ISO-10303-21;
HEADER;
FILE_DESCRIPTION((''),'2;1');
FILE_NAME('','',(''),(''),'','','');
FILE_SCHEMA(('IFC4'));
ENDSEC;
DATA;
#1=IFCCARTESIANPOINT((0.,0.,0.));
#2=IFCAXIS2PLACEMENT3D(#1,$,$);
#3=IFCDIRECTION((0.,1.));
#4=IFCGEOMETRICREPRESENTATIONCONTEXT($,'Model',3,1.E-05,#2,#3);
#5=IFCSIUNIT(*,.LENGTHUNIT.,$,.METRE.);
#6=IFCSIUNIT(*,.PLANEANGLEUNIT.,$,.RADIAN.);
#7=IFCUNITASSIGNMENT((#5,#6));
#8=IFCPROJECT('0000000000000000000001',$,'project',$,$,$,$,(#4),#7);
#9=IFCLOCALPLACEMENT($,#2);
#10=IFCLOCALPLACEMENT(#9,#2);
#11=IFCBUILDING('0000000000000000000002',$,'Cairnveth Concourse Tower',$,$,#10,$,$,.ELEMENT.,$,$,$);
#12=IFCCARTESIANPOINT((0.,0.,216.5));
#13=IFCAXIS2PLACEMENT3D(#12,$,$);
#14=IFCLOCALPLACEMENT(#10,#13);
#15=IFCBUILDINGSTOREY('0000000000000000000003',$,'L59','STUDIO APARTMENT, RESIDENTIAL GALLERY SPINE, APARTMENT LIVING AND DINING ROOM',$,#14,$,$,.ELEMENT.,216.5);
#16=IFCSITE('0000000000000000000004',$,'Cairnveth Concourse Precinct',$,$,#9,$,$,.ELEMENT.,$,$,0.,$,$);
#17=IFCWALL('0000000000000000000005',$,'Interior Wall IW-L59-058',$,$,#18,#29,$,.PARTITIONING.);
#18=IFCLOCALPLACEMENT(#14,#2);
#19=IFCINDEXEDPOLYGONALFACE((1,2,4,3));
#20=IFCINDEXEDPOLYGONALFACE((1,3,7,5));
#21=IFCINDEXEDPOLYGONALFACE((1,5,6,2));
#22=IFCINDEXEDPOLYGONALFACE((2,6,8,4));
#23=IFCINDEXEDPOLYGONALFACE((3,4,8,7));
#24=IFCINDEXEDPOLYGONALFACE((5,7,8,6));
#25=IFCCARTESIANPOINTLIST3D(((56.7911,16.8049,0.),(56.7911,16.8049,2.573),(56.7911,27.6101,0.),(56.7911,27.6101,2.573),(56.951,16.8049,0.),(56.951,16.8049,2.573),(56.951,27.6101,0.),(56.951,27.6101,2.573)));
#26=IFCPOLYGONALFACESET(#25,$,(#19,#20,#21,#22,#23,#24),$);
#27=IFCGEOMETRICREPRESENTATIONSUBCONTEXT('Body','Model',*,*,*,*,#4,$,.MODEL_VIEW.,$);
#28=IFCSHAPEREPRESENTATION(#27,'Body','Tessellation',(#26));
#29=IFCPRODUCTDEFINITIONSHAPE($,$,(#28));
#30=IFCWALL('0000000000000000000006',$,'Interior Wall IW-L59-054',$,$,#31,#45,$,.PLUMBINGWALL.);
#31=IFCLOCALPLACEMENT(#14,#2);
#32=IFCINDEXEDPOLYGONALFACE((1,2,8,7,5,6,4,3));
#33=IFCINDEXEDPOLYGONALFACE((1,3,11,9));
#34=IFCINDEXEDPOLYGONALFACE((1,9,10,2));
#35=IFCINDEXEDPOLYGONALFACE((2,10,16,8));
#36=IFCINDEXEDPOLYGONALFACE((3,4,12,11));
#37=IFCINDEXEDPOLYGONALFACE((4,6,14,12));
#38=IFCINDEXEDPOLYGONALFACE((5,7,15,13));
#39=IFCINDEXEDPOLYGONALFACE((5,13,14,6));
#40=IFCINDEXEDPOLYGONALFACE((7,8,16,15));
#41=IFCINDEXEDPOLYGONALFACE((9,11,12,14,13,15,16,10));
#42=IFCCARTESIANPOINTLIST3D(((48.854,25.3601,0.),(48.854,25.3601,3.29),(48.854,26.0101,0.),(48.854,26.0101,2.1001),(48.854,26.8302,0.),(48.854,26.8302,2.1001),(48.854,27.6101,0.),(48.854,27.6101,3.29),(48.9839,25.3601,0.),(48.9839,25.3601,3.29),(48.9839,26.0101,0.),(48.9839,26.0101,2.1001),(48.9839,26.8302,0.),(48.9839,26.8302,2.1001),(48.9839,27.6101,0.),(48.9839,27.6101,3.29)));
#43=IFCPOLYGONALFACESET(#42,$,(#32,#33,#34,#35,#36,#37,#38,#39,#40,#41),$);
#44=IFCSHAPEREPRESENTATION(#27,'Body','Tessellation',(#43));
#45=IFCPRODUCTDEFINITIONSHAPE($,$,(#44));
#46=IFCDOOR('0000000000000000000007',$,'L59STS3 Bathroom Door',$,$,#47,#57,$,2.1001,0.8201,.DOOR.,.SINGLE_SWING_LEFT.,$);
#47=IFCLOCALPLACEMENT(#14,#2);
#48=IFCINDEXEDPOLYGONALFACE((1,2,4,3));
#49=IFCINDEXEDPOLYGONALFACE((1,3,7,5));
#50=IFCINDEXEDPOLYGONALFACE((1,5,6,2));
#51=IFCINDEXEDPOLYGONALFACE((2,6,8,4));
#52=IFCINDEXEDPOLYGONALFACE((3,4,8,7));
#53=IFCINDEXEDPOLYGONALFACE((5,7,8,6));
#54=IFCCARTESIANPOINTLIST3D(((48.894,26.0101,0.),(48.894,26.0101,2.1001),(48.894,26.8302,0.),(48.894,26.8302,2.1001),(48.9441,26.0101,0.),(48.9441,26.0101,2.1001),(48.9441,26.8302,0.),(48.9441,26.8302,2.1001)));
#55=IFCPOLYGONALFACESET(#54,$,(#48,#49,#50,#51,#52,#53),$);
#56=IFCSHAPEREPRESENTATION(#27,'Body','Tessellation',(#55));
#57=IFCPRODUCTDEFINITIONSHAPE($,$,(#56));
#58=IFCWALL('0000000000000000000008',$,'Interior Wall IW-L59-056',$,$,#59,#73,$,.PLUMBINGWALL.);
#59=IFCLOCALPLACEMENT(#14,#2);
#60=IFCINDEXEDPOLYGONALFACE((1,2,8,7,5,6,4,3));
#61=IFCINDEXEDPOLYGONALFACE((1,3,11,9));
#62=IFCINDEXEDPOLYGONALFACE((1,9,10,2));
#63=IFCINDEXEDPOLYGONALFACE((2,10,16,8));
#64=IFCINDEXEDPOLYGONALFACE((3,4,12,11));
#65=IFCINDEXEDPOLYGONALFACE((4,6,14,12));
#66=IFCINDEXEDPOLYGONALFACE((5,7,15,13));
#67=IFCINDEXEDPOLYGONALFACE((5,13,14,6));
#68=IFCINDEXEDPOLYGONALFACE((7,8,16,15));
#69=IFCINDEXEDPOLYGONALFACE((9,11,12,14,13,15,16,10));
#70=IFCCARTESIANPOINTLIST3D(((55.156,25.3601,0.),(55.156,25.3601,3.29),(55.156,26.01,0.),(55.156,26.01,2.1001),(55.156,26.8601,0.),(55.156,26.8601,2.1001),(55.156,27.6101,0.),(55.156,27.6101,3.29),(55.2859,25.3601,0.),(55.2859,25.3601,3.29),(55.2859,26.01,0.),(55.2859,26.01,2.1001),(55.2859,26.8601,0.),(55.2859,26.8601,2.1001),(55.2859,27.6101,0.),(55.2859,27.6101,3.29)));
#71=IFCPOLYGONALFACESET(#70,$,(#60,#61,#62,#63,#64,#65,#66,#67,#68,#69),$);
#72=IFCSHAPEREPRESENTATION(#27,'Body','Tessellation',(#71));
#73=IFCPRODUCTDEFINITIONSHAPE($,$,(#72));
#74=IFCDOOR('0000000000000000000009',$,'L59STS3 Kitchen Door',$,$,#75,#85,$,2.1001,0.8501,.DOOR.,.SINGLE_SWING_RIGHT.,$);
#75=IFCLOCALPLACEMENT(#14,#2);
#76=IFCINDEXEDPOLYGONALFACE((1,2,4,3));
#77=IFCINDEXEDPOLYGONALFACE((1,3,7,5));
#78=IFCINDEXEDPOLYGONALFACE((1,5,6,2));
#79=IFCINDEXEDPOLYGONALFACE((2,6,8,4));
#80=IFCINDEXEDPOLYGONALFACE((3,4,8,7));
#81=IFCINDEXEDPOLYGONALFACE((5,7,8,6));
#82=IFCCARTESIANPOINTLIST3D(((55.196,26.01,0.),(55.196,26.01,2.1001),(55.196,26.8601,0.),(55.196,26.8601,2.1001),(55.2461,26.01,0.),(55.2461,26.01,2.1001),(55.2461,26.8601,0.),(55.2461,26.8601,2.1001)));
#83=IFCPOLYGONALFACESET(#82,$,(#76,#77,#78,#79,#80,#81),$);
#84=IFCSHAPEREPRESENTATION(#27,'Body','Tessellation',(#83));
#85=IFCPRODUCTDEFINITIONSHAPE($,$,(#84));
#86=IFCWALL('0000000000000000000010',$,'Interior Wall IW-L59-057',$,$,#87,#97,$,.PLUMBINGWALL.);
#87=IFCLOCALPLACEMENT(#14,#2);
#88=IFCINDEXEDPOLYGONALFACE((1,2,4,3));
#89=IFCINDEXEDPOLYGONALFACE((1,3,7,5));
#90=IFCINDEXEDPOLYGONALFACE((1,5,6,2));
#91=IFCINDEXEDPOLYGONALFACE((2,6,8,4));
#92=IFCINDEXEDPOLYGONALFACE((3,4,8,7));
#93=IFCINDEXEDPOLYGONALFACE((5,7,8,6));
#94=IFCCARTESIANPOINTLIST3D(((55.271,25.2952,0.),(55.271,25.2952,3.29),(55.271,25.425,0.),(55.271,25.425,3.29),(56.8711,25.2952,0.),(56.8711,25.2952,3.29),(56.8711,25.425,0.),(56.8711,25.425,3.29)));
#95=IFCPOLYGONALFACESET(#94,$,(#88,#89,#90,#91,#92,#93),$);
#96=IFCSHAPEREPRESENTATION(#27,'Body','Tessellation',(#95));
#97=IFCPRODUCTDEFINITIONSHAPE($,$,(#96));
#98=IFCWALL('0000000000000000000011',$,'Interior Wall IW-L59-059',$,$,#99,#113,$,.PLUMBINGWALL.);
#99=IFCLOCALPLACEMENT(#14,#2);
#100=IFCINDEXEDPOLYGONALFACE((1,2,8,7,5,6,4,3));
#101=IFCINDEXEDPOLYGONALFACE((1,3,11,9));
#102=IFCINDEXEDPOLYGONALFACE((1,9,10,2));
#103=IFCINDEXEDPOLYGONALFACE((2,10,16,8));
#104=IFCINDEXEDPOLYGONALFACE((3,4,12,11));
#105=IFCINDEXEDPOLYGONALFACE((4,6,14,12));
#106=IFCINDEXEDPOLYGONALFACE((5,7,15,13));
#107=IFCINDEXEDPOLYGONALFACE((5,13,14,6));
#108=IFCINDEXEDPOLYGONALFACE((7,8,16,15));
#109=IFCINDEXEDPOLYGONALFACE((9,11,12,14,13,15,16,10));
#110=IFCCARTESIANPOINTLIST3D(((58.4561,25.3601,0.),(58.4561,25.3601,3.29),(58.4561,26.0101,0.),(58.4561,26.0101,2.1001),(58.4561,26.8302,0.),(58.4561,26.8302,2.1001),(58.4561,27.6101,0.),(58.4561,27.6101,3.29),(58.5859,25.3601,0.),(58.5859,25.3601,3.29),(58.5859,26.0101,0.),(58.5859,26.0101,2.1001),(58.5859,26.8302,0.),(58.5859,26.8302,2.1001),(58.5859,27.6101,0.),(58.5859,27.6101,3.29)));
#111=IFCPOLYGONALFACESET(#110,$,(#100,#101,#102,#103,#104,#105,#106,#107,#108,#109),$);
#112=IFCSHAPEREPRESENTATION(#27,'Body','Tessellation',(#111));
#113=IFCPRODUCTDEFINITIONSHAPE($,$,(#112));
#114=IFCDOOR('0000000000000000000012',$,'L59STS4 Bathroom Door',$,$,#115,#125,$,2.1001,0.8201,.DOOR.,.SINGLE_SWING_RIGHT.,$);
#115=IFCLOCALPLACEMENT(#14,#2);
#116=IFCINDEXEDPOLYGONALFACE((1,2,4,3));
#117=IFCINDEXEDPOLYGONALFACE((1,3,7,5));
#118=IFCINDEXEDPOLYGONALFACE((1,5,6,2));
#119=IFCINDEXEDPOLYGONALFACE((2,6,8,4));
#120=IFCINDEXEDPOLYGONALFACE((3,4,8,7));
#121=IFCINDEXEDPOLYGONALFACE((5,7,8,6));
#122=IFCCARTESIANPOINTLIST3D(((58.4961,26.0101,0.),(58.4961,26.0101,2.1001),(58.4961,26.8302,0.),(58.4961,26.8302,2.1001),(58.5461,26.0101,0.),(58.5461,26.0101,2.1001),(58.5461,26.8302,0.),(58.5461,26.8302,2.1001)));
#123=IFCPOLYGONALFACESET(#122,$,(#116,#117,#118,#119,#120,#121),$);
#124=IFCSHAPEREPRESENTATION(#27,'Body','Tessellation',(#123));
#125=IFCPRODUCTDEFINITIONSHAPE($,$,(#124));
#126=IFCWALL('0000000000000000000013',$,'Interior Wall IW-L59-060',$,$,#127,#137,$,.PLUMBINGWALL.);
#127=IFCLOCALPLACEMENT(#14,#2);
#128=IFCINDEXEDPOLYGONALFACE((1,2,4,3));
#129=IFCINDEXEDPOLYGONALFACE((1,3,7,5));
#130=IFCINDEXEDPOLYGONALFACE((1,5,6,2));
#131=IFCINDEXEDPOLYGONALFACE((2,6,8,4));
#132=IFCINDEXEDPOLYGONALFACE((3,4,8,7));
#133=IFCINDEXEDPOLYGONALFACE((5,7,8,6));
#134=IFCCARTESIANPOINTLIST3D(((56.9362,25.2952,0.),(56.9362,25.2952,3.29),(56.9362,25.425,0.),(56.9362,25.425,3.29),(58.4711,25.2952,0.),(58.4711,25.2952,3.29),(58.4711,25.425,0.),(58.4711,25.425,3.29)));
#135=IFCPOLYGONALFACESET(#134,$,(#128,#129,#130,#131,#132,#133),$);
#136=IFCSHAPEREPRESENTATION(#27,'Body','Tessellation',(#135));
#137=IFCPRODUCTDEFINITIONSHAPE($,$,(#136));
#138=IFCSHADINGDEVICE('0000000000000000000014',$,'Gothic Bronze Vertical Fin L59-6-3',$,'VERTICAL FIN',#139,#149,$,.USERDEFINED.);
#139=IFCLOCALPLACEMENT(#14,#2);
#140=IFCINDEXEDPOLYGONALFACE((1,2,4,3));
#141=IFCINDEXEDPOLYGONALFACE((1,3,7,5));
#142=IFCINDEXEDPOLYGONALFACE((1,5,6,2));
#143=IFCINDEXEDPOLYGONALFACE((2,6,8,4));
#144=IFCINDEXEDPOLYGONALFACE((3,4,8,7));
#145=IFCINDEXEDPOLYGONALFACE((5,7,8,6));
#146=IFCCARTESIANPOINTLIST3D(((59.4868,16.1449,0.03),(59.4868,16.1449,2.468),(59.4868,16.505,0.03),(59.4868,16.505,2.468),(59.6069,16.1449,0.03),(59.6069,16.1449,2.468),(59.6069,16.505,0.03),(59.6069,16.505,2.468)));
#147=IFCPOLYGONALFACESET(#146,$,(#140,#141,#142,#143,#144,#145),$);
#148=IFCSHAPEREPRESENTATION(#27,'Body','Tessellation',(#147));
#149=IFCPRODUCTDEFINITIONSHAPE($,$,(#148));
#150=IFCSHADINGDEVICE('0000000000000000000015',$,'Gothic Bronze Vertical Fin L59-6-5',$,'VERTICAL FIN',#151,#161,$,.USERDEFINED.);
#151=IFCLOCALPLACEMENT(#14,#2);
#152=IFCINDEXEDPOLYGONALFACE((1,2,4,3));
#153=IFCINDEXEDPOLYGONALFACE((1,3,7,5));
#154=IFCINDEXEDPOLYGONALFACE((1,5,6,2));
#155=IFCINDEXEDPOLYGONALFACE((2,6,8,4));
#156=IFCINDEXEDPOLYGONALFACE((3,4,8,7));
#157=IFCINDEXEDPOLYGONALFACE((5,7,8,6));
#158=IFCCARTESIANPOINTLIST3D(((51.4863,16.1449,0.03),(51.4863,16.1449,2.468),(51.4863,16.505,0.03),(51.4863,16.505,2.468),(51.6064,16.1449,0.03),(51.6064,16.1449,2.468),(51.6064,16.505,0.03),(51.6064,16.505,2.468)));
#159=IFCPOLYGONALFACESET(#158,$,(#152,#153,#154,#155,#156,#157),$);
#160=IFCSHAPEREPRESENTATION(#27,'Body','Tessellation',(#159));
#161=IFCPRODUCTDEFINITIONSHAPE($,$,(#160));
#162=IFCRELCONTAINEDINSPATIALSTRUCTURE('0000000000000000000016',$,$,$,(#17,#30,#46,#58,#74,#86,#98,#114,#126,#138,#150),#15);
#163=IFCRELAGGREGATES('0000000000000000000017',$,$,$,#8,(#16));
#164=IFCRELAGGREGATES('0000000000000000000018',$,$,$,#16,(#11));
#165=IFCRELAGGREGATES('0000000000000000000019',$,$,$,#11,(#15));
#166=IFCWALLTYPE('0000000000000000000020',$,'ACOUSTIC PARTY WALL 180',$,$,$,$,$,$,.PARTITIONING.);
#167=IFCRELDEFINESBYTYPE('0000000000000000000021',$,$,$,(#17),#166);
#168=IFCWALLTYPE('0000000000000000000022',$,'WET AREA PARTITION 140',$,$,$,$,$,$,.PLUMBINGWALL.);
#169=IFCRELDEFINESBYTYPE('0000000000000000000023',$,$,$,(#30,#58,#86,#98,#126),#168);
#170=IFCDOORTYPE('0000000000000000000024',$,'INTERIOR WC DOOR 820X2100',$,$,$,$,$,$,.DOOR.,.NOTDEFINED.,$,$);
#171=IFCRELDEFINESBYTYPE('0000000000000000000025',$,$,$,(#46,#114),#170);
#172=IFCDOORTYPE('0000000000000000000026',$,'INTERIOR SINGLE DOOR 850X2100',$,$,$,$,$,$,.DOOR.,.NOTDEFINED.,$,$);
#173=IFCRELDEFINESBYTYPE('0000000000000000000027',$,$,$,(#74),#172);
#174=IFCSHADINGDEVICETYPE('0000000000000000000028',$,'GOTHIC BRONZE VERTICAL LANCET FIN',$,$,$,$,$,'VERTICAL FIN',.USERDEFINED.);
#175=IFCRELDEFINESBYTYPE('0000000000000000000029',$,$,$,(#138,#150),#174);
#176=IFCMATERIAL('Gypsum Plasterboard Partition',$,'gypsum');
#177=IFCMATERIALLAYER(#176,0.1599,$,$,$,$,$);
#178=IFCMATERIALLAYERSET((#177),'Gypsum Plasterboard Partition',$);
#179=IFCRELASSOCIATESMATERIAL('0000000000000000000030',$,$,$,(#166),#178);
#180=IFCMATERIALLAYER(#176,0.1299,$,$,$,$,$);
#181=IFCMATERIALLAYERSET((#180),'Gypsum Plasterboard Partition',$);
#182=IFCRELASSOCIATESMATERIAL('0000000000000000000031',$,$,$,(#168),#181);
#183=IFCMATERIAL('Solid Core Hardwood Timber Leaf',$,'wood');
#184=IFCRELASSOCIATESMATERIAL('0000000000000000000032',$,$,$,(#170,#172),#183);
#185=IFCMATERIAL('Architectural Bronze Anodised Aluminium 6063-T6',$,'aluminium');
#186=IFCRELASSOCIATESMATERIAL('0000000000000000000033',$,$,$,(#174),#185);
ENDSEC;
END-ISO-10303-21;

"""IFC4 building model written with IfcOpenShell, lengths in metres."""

from ifc_helpers import new_model, si_unit, direction, frame, frame_2d, origin, origin_2d, place, context, subcontext, project, spatial, rectangle, extrude, material, layer, layer_set, type_object, element, fill, save


model = new_model("IFC4")

# Units and contexts
model_context = context("Model", 3, precision=1e-05, world=origin(), true_north=direction((0.0, 1.0)))
body_context = subcontext(model_context, "Body", "Model", "MODEL_VIEW")
ifc_project = project(units=[si_unit("LENGTHUNIT", "METRE"), si_unit("PLANEANGLEUNIT", "RADIAN")], contexts=[model_context])

# Site, building, storey
site_placement = place(None, origin())
site = spatial("IfcSite", under=ifc_project, at=site_placement, Name="Cairnveth Concourse Precinct", CompositionType="ELEMENT", RefElevation=0.0)
building_placement = place(site_placement, origin())
building = spatial("IfcBuilding", under=site, at=building_placement, Name="Cairnveth Concourse Tower", CompositionType="ELEMENT")
storey_placement = place(building_placement, frame((0.0, 0.0, 216.5)))
storey = spatial("IfcBuildingStorey", under=building, at=storey_placement, Name="L59", Description="STUDIO APARTMENT, RESIDENTIAL GALLERY SPINE, APARTMENT LIVING AND DINING ROOM", CompositionType="ELEMENT", Elevation=216.5)

# Shared definitions
ifc_material_1 = material(Name="Gypsum Plasterboard Partition", Category="gypsum")
ifc_layer_1 = layer(ifc_material_1, 0.1599)
ifc_layer_set_1 = layer_set([ifc_layer_1], Name="Gypsum Plasterboard Partition")
wall_type_1 = type_object("IfcWallType", Name="ACOUSTIC PARTY WALL 180", PredefinedType="PARTITIONING", material=ifc_layer_set_1)
ifc_material_2 = material(Name="Solid Core Hardwood Timber Leaf", Category="wood")

# Wall
wall_1_placement = place(storey_placement, frame((56.8711, 16.8049, 0.0), z_axis=(0.0, 0.0, 1.0), x_axis=(0.0, 1.0, 0.0)))
element("IfcWall", 1, at=wall_1_placement, inside=storey, type_object=wall_type_1, Name="Interior Wall IW-L59-058", PredefinedType="PARTITIONING", context=body_context, shape_type="SweptSolid", body=[
    extrude(rectangle(XDim=10.8052, YDim=0.1599, at=frame_2d((5.4026, 0.0))), origin(), (0.0, 0.0, 1.0), 2.573),
])

# Walls, openings, doors
ifc_layer_2 = layer(ifc_material_1, 0.1299)
ifc_layer_set_2 = layer_set([ifc_layer_2], Name="Gypsum Plasterboard Partition")
wall_type_2 = type_object("IfcWallType", Name="WET AREA PARTITION 140", PredefinedType="PLUMBINGWALL", material=ifc_layer_set_2)
wall_2_placement = place(storey_placement, frame((48.9189, 25.3601, 0.0), z_axis=(0.0, 0.0, 1.0), x_axis=(0.0, 1.0, 0.0)))
wall_2 = element("IfcWall", 2, at=wall_2_placement, inside=storey, type_object=wall_type_2, Name="Interior Wall IW-L59-054", PredefinedType="PLUMBINGWALL", context=body_context, shape_type="SweptSolid", body=[
    extrude(rectangle(XDim=2.25, YDim=0.1299, at=frame_2d((1.125, 0.0))), origin(), (0.0, 0.0, 1.0), 3.29),
])
opening_1_placement = place(wall_2_placement, frame((0.6499, 0.0, 0.0)))
opening_1 = element("IfcOpeningElement", 3, at=opening_1_placement, cuts=wall_2, PredefinedType="OPENING", context=body_context, shape_type="SweptSolid", body=[
    extrude(rectangle(XDim=0.8201, YDim=2.1001, at=frame_2d((0.4102, 1.05))), frame((0.0, 0.075, 0.0), z_axis=(0.0, -1.0, 0.0), x_axis=(1.0, 0.0, 0.0)), (0.0, 0.0, 1.0), 0.1499),
])
door_type_1 = type_object("IfcDoorType", Name="INTERIOR WC DOOR 820X2100", OperationType="NOTDEFINED", PredefinedType="DOOR", material=ifc_material_2)
door_1_placement = place(opening_1_placement, origin())
door_1 = element("IfcDoor", 4, at=door_1_placement, inside=storey, type_object=door_type_1, Name="L59STS3 Bathroom Door", OperationType="SINGLE_SWING_LEFT", OverallHeight=2.1001, OverallWidth=0.8201, PredefinedType="DOOR", context=body_context, shape_type="SweptSolid", body=[
    extrude(rectangle(XDim=0.8201, YDim=2.1001, at=frame_2d((0.4102, 1.05))), frame((0.0, 0.0249, 0.0), z_axis=(0.0, -1.0, 0.0), x_axis=(1.0, 0.0, 0.0)), (0.0, 0.0, 1.0), 0.05),
])
fill(opening_1, door_1)
wall_3_placement = place(storey_placement, frame((55.2209, 25.3601, 0.0), z_axis=(0.0, 0.0, 1.0), x_axis=(0.0, 1.0, 0.0)))
wall_3 = element("IfcWall", 5, at=wall_3_placement, inside=storey, type_object=wall_type_2, Name="Interior Wall IW-L59-056", PredefinedType="PLUMBINGWALL", context=body_context, shape_type="SweptSolid", body=[
    extrude(rectangle(XDim=2.25, YDim=0.1299, at=frame_2d((1.125, 0.0))), origin(), (0.0, 0.0, 1.0), 3.29),
])
opening_2_placement = place(wall_3_placement, frame((0.6499, 0.0, 0.0)))
opening_2 = element("IfcOpeningElement", 6, at=opening_2_placement, cuts=wall_3, PredefinedType="OPENING", context=body_context, shape_type="SweptSolid", body=[
    extrude(rectangle(XDim=0.8501, YDim=2.1001, at=frame_2d((0.425, 1.05))), frame((0.0, 0.075, 0.0), z_axis=(0.0, -1.0, 0.0), x_axis=(1.0, 0.0, 0.0)), (0.0, 0.0, 1.0), 0.1499),
])
door_type_2 = type_object("IfcDoorType", Name="INTERIOR SINGLE DOOR 850X2100", OperationType="NOTDEFINED", PredefinedType="DOOR", material=ifc_material_2)
door_2_placement = place(opening_2_placement, origin())
door_2 = element("IfcDoor", 7, at=door_2_placement, inside=storey, type_object=door_type_2, Name="L59STS3 Kitchen Door", OperationType="SINGLE_SWING_RIGHT", OverallHeight=2.1001, OverallWidth=0.8501, PredefinedType="DOOR", context=body_context, shape_type="SweptSolid", body=[
    extrude(rectangle(XDim=0.8501, YDim=2.1001, at=frame_2d((0.425, 1.05))), frame((0.0, 0.0249, 0.0), z_axis=(0.0, -1.0, 0.0), x_axis=(1.0, 0.0, 0.0)), (0.0, 0.0, 1.0), 0.05),
])
fill(opening_2, door_2)

# Wall
wall_4_placement = place(storey_placement, frame((55.271, 25.3601, 0.0), z_axis=(0.0, 0.0, 1.0), x_axis=(1.0, 0.0, 0.0)))
element("IfcWall", 8, at=wall_4_placement, inside=storey, type_object=wall_type_2, Name="Interior Wall IW-L59-057", PredefinedType="PLUMBINGWALL", context=body_context, shape_type="SweptSolid", body=[
    extrude(rectangle(XDim=1.6001, YDim=0.1299, at=frame_2d((0.8, 0.0))), origin(), (0.0, 0.0, 1.0), 3.29),
])

# Wall, opening, door
wall_5_placement = place(storey_placement, frame((58.521, 25.3601, 0.0), z_axis=(0.0, 0.0, 1.0), x_axis=(0.0, 1.0, 0.0)))
wall_5 = element("IfcWall", 9, at=wall_5_placement, inside=storey, type_object=wall_type_2, Name="Interior Wall IW-L59-059", PredefinedType="PLUMBINGWALL", context=body_context, shape_type="SweptSolid", body=[
    extrude(rectangle(XDim=2.25, YDim=0.1299, at=frame_2d((1.125, 0.0))), origin(), (0.0, 0.0, 1.0), 3.29),
])
opening_3_placement = place(wall_5_placement, frame((0.6499, 0.0, 0.0)))
opening_3 = element("IfcOpeningElement", 10, at=opening_3_placement, cuts=wall_5, PredefinedType="OPENING", context=body_context, shape_type="SweptSolid", body=[
    extrude(rectangle(XDim=0.8201, YDim=2.1001, at=frame_2d((0.4102, 1.05))), frame((0.0, 0.075, 0.0), z_axis=(0.0, -1.0, 0.0), x_axis=(1.0, 0.0, 0.0)), (0.0, 0.0, 1.0), 0.1499),
])
door_3_placement = place(opening_3_placement, origin())
door_3 = element("IfcDoor", 11, at=door_3_placement, inside=storey, type_object=door_type_1, Name="L59STS4 Bathroom Door", OperationType="SINGLE_SWING_RIGHT", OverallHeight=2.1001, OverallWidth=0.8201, PredefinedType="DOOR", context=body_context, shape_type="SweptSolid", body=[
    extrude(rectangle(XDim=0.8201, YDim=2.1001, at=frame_2d((0.4102, 1.05))), frame((0.0, 0.0249, 0.0), z_axis=(0.0, -1.0, 0.0), x_axis=(1.0, 0.0, 0.0)), (0.0, 0.0, 1.0), 0.05),
])
fill(opening_3, door_3)

# Wall
wall_6_placement = place(storey_placement, frame((56.936, 25.3601, 0.0), z_axis=(0.0, 0.0, 1.0), x_axis=(1.0, 0.0, 0.0)))
element("IfcWall", 12, at=wall_6_placement, inside=storey, type_object=wall_type_2, Name="Interior Wall IW-L59-060", PredefinedType="PLUMBINGWALL", context=body_context, shape_type="SweptSolid", body=[
    extrude(rectangle(XDim=1.5349, YDim=0.1299, at=frame_2d((0.7676, 0.0))), origin(), (0.0, 0.0, 1.0), 3.29),
])

# Shading devices
ifc_material_3 = material(Name="Architectural Bronze Anodised Aluminium 6063-T6", Category="aluminium")
shading_device_type = type_object("IfcShadingDeviceType", Name="GOTHIC BRONZE VERTICAL LANCET FIN", ElementType="VERTICAL FIN", PredefinedType="USERDEFINED", material=ifc_material_3)
for number, where, z_axis, x_axis, name in (
    (13, (59.5469, 16.325, 0.03), (0.0, 0.0, 1.0), (1.0, 0.0, 0.0), "Gothic Bronze Vertical Fin L59-6-3"),
    (14, (51.5464, 16.325, 0.03), (0.0, 0.0, 1.0), (1.0, 0.0, 0.0), "Gothic Bronze Vertical Fin L59-6-5"),
):
    element("IfcShadingDevice", number, at=place(storey_placement, frame(where, z_axis=z_axis, x_axis=x_axis)), inside=storey, type_object=shading_device_type, Name=name, ObjectType="VERTICAL FIN", PredefinedType="USERDEFINED", context=body_context, shape_type="SweptSolid", body=[
        extrude(rectangle(XDim=0.1201, YDim=0.3601, at=origin_2d()), origin(), (0.0, 0.0, 1.0), 2.438),
    ])

save(model, "model.ifc")
